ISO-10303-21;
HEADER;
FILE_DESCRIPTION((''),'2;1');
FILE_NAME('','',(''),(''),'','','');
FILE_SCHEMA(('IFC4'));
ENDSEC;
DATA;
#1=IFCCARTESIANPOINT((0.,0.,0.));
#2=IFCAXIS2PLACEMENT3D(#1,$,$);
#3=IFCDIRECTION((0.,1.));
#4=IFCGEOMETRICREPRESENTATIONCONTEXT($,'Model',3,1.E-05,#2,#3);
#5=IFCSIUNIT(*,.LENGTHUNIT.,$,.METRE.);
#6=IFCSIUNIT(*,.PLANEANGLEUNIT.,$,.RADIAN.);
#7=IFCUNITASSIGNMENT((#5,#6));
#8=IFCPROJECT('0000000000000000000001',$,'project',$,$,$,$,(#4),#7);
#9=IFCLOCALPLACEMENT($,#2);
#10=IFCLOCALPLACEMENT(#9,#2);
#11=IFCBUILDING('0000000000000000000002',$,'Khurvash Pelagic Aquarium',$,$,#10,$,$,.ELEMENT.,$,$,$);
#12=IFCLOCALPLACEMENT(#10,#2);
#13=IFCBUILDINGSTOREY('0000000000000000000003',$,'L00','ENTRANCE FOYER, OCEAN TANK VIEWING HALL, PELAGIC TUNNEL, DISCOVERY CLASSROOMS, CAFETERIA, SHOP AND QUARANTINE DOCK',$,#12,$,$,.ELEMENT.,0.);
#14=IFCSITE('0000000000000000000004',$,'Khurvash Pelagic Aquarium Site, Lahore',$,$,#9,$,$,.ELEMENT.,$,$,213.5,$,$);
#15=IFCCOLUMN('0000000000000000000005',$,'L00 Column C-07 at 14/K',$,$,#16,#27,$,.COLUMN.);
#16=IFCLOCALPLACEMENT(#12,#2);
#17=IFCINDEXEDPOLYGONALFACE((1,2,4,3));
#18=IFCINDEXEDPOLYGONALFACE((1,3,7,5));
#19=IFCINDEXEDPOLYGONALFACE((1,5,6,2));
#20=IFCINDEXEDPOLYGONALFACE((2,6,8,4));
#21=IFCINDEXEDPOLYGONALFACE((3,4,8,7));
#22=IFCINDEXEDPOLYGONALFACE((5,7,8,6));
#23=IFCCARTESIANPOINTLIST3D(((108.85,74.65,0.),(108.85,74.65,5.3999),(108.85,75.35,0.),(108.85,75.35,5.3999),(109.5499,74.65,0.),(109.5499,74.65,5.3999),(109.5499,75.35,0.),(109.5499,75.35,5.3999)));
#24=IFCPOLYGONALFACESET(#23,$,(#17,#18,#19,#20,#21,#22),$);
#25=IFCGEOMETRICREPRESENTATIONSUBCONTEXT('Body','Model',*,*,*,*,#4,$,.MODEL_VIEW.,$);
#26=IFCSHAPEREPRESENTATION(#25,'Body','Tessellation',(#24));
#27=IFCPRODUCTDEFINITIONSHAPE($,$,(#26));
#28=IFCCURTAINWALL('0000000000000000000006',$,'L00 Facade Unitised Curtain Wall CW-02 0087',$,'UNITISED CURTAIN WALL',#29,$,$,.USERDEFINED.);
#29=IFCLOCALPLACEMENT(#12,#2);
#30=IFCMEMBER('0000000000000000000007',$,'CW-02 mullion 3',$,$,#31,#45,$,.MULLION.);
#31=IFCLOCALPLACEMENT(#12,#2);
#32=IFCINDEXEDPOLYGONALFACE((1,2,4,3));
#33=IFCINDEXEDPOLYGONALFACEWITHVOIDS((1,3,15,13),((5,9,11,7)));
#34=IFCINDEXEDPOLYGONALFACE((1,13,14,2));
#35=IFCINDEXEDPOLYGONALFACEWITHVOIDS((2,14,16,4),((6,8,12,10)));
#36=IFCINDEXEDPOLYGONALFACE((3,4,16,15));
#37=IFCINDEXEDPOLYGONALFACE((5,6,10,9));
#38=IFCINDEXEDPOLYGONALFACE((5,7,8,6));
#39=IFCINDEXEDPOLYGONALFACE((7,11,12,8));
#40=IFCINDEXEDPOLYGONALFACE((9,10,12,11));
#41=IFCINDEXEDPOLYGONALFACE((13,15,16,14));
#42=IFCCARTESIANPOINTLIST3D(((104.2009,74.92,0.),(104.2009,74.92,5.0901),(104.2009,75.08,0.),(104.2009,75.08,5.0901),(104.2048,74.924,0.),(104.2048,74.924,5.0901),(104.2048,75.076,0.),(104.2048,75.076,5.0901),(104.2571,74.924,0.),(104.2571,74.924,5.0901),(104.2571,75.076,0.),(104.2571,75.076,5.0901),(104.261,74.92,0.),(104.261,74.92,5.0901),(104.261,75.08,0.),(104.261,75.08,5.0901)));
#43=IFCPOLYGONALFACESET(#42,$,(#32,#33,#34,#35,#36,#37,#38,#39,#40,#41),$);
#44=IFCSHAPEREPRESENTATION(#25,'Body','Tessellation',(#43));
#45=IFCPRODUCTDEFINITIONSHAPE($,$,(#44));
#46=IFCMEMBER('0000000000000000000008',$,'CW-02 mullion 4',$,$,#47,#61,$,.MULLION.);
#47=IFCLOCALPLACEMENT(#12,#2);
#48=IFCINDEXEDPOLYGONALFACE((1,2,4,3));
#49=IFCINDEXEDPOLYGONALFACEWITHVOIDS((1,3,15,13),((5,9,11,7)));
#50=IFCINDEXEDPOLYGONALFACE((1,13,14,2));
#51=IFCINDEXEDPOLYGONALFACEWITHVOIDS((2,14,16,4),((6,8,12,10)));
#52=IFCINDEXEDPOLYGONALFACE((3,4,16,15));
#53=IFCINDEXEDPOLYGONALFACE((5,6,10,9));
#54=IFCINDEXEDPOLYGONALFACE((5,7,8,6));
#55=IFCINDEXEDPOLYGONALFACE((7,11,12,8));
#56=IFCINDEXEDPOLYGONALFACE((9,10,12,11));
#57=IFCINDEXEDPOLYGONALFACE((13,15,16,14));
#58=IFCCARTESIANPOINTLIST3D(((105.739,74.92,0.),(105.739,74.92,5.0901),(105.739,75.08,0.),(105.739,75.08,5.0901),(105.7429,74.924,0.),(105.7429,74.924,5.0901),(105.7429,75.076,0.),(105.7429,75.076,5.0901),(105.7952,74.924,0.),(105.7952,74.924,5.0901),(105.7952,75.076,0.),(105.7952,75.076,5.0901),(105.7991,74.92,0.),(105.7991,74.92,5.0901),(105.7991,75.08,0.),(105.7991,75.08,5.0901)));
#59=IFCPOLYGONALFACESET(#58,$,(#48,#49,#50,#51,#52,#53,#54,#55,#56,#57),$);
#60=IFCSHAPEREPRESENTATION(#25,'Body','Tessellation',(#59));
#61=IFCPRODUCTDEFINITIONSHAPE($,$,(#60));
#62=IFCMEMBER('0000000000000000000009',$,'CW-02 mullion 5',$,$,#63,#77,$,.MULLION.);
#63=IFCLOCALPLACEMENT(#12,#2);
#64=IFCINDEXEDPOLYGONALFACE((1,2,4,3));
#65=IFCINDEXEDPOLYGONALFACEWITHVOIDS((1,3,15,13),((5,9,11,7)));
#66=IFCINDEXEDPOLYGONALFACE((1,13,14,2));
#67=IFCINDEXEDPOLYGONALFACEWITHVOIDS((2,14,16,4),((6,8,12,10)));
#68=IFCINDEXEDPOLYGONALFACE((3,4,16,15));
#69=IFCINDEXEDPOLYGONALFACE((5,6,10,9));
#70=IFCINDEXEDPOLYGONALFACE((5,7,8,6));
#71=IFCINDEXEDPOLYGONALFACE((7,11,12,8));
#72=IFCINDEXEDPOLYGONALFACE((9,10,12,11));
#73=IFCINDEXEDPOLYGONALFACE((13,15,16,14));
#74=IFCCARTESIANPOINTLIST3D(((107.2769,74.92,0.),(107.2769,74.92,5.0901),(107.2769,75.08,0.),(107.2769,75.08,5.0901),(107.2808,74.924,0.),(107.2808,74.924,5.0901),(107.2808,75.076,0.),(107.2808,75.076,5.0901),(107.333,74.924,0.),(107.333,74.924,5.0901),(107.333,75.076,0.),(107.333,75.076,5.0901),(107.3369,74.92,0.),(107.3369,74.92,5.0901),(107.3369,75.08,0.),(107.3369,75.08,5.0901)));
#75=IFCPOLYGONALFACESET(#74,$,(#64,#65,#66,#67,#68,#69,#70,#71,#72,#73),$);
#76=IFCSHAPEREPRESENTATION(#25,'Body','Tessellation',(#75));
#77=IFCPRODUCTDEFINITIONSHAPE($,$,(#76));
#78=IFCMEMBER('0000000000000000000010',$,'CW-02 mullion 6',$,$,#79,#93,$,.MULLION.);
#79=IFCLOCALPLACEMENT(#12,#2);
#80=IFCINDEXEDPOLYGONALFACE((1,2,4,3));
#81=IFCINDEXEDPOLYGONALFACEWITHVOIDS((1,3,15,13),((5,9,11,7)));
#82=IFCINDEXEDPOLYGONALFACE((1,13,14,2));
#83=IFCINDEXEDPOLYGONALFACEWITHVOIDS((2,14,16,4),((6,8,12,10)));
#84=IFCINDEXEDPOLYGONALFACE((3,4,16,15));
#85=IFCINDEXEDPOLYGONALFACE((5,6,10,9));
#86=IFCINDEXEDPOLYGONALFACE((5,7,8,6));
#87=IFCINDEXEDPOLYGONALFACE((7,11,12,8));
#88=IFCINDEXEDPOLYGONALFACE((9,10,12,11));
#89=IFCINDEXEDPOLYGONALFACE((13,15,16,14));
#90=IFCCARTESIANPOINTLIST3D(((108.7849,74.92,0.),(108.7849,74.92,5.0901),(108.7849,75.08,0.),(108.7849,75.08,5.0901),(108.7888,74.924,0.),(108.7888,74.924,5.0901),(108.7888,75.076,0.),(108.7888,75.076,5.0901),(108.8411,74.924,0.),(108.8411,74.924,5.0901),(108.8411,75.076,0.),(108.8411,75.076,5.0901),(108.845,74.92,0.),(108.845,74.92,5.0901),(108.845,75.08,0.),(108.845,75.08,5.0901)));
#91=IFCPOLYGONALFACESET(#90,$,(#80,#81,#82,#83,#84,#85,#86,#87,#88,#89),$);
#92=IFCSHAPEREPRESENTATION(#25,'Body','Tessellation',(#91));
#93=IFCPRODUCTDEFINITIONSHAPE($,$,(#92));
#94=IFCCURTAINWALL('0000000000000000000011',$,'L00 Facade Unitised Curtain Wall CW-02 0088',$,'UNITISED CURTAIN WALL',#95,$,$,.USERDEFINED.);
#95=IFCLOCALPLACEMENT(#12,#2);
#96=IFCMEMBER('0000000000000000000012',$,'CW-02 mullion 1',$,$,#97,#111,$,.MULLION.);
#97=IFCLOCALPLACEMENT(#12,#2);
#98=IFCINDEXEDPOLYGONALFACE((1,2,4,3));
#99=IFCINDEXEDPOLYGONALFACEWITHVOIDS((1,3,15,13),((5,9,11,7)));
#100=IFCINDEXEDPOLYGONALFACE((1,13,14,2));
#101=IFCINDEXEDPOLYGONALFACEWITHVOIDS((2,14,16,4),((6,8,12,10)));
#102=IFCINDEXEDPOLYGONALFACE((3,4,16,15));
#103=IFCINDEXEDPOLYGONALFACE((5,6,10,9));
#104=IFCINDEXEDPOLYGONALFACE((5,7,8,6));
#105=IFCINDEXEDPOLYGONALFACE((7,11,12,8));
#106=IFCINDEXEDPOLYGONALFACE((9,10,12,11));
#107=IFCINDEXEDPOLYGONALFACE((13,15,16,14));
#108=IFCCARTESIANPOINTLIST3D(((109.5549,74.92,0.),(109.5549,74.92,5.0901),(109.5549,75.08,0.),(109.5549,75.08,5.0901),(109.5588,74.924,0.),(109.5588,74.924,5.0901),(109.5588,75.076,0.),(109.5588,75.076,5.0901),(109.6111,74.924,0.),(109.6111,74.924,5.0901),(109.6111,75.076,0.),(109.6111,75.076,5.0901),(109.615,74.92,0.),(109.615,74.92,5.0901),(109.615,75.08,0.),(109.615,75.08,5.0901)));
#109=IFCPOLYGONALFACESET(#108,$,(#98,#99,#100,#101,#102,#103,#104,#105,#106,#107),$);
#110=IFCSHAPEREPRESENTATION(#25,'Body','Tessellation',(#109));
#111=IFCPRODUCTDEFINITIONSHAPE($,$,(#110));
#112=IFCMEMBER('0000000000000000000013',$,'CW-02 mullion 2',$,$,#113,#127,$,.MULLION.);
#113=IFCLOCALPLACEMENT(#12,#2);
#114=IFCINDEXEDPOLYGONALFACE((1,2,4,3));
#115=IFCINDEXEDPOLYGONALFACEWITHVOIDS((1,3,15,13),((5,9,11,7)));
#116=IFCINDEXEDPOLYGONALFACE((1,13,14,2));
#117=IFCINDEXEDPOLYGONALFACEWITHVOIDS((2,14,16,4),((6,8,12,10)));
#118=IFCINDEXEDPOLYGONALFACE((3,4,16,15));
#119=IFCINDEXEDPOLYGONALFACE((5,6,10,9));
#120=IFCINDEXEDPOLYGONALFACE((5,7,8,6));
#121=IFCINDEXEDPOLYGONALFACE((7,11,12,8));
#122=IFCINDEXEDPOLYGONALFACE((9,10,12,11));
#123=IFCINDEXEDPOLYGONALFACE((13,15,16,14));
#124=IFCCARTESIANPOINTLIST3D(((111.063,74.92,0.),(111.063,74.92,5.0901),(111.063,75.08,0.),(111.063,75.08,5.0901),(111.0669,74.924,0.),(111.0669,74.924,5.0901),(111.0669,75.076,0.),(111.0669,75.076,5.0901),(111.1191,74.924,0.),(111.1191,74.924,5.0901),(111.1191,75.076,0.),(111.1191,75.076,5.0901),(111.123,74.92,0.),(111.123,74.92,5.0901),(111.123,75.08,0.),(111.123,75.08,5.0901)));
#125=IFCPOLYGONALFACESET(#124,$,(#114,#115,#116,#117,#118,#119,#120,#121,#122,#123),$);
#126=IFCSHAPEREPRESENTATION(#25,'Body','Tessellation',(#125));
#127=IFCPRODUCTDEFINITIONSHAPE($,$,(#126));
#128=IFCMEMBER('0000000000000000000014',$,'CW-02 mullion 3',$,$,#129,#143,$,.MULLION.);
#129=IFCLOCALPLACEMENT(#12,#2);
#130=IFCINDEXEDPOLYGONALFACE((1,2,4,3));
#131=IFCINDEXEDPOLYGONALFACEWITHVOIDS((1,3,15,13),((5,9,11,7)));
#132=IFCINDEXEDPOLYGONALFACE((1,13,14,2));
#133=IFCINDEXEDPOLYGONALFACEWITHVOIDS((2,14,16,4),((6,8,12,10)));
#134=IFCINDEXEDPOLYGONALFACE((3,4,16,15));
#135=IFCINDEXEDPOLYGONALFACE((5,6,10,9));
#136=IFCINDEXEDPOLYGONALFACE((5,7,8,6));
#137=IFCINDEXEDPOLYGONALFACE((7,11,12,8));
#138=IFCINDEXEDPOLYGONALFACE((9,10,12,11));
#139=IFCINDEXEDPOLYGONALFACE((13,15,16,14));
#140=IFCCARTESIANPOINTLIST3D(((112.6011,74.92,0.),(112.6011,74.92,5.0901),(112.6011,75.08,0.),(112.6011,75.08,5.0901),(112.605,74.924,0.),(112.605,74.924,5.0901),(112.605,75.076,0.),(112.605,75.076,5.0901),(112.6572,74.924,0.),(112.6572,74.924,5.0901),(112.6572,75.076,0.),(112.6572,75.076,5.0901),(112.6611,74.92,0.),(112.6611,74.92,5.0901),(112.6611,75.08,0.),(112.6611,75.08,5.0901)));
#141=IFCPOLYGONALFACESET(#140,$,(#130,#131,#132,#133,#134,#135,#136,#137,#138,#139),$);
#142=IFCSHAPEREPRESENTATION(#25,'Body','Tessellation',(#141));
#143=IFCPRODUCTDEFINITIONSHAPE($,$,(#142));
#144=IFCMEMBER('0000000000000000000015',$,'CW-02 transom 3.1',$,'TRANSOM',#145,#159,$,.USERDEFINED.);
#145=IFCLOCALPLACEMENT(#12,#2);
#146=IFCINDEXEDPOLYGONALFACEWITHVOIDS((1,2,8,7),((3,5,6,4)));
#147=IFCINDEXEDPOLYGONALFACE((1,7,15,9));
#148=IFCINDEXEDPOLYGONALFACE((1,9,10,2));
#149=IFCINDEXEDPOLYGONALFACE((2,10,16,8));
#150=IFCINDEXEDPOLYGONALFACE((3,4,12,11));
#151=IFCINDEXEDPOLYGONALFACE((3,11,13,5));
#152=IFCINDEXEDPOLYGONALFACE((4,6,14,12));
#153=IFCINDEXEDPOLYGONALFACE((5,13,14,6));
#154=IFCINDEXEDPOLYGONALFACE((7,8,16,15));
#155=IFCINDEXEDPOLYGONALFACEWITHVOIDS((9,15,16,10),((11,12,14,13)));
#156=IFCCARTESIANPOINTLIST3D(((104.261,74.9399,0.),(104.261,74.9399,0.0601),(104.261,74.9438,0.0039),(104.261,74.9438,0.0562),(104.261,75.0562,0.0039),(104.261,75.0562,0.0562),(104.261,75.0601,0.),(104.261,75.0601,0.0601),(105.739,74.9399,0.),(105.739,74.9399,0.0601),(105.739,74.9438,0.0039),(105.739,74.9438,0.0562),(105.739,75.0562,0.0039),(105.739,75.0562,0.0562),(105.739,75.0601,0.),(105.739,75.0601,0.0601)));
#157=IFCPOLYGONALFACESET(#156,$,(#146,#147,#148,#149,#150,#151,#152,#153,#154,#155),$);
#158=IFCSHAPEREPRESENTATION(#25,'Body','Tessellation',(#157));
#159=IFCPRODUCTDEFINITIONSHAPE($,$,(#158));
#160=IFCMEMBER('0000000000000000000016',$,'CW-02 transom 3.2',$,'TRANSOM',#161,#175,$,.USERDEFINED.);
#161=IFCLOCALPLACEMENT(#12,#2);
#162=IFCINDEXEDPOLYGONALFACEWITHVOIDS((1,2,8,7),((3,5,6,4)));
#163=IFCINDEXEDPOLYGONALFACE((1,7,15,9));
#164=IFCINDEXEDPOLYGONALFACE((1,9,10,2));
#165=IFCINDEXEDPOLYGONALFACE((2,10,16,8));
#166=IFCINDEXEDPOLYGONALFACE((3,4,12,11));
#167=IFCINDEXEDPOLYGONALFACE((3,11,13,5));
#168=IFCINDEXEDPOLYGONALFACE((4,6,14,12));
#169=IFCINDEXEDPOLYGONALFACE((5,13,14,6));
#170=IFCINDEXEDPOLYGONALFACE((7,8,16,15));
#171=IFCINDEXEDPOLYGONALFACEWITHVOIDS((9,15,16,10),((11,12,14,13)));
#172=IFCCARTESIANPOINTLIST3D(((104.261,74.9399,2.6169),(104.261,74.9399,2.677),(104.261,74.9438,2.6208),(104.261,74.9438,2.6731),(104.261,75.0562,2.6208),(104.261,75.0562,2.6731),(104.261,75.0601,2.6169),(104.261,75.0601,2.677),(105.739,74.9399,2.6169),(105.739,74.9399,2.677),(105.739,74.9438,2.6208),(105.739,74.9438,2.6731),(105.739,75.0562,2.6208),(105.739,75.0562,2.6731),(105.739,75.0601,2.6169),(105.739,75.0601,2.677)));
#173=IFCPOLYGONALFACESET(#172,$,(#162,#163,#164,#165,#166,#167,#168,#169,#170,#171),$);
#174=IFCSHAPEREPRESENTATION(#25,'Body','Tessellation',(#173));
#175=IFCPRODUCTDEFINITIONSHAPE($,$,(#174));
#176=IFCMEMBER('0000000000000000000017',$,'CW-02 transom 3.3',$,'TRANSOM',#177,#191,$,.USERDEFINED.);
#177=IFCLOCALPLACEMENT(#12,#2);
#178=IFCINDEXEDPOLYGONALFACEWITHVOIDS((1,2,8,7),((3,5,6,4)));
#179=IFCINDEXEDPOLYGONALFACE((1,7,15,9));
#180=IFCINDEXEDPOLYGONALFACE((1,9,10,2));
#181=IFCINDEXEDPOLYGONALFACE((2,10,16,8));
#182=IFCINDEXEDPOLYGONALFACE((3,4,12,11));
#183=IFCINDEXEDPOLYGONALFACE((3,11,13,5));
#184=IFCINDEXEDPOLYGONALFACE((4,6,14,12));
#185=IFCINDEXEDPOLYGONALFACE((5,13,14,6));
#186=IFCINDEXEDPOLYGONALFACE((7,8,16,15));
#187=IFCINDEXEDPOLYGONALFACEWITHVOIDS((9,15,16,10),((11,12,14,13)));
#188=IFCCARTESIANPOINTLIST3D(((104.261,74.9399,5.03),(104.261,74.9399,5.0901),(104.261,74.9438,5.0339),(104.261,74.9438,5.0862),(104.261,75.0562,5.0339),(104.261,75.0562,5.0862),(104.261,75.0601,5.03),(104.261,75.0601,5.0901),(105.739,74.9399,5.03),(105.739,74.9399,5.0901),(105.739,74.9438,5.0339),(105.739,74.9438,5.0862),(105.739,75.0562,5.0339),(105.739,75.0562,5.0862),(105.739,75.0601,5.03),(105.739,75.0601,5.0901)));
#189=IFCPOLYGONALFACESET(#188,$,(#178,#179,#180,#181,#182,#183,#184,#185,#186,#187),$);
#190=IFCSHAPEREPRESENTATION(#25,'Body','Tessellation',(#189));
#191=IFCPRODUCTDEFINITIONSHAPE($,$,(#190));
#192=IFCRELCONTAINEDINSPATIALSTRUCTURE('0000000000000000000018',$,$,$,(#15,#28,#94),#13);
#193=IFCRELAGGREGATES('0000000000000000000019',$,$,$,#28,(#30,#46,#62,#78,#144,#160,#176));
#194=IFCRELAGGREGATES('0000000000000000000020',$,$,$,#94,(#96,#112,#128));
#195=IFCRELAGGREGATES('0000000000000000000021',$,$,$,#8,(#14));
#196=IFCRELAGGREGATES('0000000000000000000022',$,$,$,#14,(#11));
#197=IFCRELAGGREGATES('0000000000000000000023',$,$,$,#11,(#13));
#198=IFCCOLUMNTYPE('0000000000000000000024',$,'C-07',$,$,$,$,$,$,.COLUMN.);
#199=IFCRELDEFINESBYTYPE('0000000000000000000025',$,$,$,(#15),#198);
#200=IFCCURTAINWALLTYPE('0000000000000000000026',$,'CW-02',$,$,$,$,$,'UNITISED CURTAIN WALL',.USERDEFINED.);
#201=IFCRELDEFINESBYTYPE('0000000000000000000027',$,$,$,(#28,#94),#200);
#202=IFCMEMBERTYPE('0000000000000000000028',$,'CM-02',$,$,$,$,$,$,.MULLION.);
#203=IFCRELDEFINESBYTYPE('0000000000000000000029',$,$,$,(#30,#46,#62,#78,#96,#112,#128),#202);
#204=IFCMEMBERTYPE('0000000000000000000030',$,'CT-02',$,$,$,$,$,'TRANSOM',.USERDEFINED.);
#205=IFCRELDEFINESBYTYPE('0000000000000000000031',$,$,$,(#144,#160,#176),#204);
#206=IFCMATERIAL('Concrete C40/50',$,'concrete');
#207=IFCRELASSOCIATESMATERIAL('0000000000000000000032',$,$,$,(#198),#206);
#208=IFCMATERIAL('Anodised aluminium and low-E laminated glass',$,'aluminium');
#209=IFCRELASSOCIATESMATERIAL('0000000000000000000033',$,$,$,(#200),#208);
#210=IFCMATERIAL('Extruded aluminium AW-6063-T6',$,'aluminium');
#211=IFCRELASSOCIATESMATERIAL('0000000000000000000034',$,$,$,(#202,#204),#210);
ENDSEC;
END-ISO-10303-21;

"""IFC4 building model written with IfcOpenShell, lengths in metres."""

from ifc_helpers import new_model, si_unit, direction, frame, origin, origin_2d, place, context, subcontext, project, spatial, rectangle, hollow_rectangle, extrude, material, material_profile, profile_set, type_object, element, aggregate, save


model = new_model("IFC4")

# Units and contexts
model_context = context("Model", 3, precision=1e-05, world=origin(), true_north=direction((0.0, 1.0)))
body_context = subcontext(model_context, "Body", "Model", "MODEL_VIEW")
ifc_project = project(units=[si_unit("LENGTHUNIT", "METRE"), si_unit("PLANEANGLEUNIT", "RADIAN")], contexts=[model_context])

# Site, building, storey
site_placement = place(None, origin())
site = spatial("IfcSite", under=ifc_project, at=site_placement, Name="Khurvash Pelagic Aquarium Site, Lahore", CompositionType="ELEMENT", RefElevation=213.5)
building_placement = place(site_placement, origin())
building = spatial("IfcBuilding", under=site, at=building_placement, Name="Khurvash Pelagic Aquarium", CompositionType="ELEMENT")
storey_placement = place(building_placement, origin())
storey = spatial("IfcBuildingStorey", under=building, at=storey_placement, Name="L00", Description="ENTRANCE FOYER, OCEAN TANK VIEWING HALL, PELAGIC TUNNEL, DISCOVERY CLASSROOMS, CAFETERIA, SHOP AND QUARANTINE DOCK", CompositionType="ELEMENT", Elevation=0.0)

# Column
ifc_material_1 = material(Name="Concrete C40/50", Category="concrete")
ifc_material_profile_1 = material_profile(ifc_material_1, rectangle(XDim=0.7, YDim=0.7, at=origin_2d()), Name="RC700X700")
ifc_profile_set_1 = profile_set([ifc_material_profile_1], Name="Concrete C40/50")
column_type = type_object("IfcColumnType", Name="C-07", PredefinedType="COLUMN", material=ifc_profile_set_1)
column_placement = place(storey_placement, frame((109.2, 75.0, 0.0), z_axis=(0.0, 0.0, 1.0), x_axis=(1.0, 0.0, 0.0)))
element("IfcColumn", 1, at=column_placement, inside=storey, type_object=column_type, Name="L00 Column C-07 at 14/K", PredefinedType="COLUMN", context=body_context, shape_type="SweptSolid", body=[
    extrude(rectangle(XDim=0.7, YDim=0.7, at=origin_2d()), origin(), (0.0, 0.0, 1.0), 5.3999),
])

# Curtain walls, members
ifc_material_2 = material(Name="Anodised aluminium and low-E laminated glass", Category="aluminium")
curtain_wall_type = type_object("IfcCurtainWallType", Name="CW-02", ElementType="UNITISED CURTAIN WALL", PredefinedType="USERDEFINED", material=ifc_material_2)
curtain_wall_1_placement = place(storey_placement, origin())
curtain_wall_1 = element("IfcCurtainWall", 2, at=curtain_wall_1_placement, inside=storey, type_object=curtain_wall_type, Name="L00 Facade Unitised Curtain Wall CW-02 0087", ObjectType="UNITISED CURTAIN WALL", PredefinedType="USERDEFINED")
ifc_material_3 = material(Name="Extruded aluminium AW-6063-T6", Category="aluminium")
ifc_material_profile_2 = material_profile(ifc_material_3, hollow_rectangle(XDim=0.0601, YDim=0.1599, WallThickness=0.0039, at=origin_2d()), Name="CWM60X160X4")
ifc_profile_set_2 = profile_set([ifc_material_profile_2], Name="Extruded aluminium AW-6063-T6")
member_type_1 = type_object("IfcMemberType", Name="CM-02", PredefinedType="MULLION", material=ifc_profile_set_2)
member_1_placement = place(storey_placement, frame((104.231, 75.0, 0.0), z_axis=(0.0, 0.0, 1.0), x_axis=(1.0, 0.0, 0.0)))
member_1 = element("IfcMember", 3, at=member_1_placement, type_object=member_type_1, Name="CW-02 mullion 3", PredefinedType="MULLION", context=body_context, shape_type="SweptSolid", body=[
    extrude(hollow_rectangle(XDim=0.0601, YDim=0.1599, WallThickness=0.0039, at=origin_2d()), origin(), (0.0, 0.0, 1.0), 5.0901),
])
member_2_placement = place(storey_placement, frame((105.769, 75.0, 0.0), z_axis=(0.0, 0.0, 1.0), x_axis=(1.0, 0.0, 0.0)))
member_2 = element("IfcMember", 4, at=member_2_placement, type_object=member_type_1, Name="CW-02 mullion 4", PredefinedType="MULLION", context=body_context, shape_type="SweptSolid", body=[
    extrude(hollow_rectangle(XDim=0.0601, YDim=0.1599, WallThickness=0.0039, at=origin_2d()), origin(), (0.0, 0.0, 1.0), 5.0901),
])
member_3_placement = place(storey_placement, frame((107.3069, 75.0, 0.0), z_axis=(0.0, 0.0, 1.0), x_axis=(1.0, 0.0, 0.0)))
member_3 = element("IfcMember", 5, at=member_3_placement, type_object=member_type_1, Name="CW-02 mullion 5", PredefinedType="MULLION", context=body_context, shape_type="SweptSolid", body=[
    extrude(hollow_rectangle(XDim=0.0601, YDim=0.1599, WallThickness=0.0039, at=origin_2d()), origin(), (0.0, 0.0, 1.0), 5.0901),
])
member_4_placement = place(storey_placement, frame((108.8149, 75.0, 0.0), z_axis=(0.0, 0.0, 1.0), x_axis=(1.0, 0.0, 0.0)))
member_4 = element("IfcMember", 6, at=member_4_placement, type_object=member_type_1, Name="CW-02 mullion 6", PredefinedType="MULLION", context=body_context, shape_type="SweptSolid", body=[
    extrude(hollow_rectangle(XDim=0.0601, YDim=0.1599, WallThickness=0.0039, at=origin_2d()), origin(), (0.0, 0.0, 1.0), 5.0901),
])
curtain_wall_2_placement = place(storey_placement, origin())
curtain_wall_2 = element("IfcCurtainWall", 7, at=curtain_wall_2_placement, inside=storey, type_object=curtain_wall_type, Name="L00 Facade Unitised Curtain Wall CW-02 0088", ObjectType="UNITISED CURTAIN WALL", PredefinedType="USERDEFINED")
member_5_placement = place(storey_placement, frame((109.585, 75.0, 0.0), z_axis=(0.0, 0.0, 1.0), x_axis=(1.0, 0.0, 0.0)))
member_5 = element("IfcMember", 8, at=member_5_placement, type_object=member_type_1, Name="CW-02 mullion 1", PredefinedType="MULLION", context=body_context, shape_type="SweptSolid", body=[
    extrude(hollow_rectangle(XDim=0.0601, YDim=0.1599, WallThickness=0.0039, at=origin_2d()), origin(), (0.0, 0.0, 1.0), 5.0901),
])
member_6_placement = place(storey_placement, frame((111.093, 75.0, 0.0), z_axis=(0.0, 0.0, 1.0), x_axis=(1.0, 0.0, 0.0)))
member_6 = element("IfcMember", 9, at=member_6_placement, type_object=member_type_1, Name="CW-02 mullion 2", PredefinedType="MULLION", context=body_context, shape_type="SweptSolid", body=[
    extrude(hollow_rectangle(XDim=0.0601, YDim=0.1599, WallThickness=0.0039, at=origin_2d()), origin(), (0.0, 0.0, 1.0), 5.0901),
])
member_7_placement = place(storey_placement, frame((112.6311, 75.0, 0.0), z_axis=(0.0, 0.0, 1.0), x_axis=(1.0, 0.0, 0.0)))
member_7 = element("IfcMember", 10, at=member_7_placement, type_object=member_type_1, Name="CW-02 mullion 3", PredefinedType="MULLION", context=body_context, shape_type="SweptSolid", body=[
    extrude(hollow_rectangle(XDim=0.0601, YDim=0.1599, WallThickness=0.0039, at=origin_2d()), origin(), (0.0, 0.0, 1.0), 5.0901),
])

# Members
ifc_material_profile_3 = material_profile(ifc_material_3, hollow_rectangle(XDim=0.1201, YDim=0.0601, WallThickness=0.0039, at=origin_2d()), Name="CWT120X60X4")
ifc_profile_set_3 = profile_set([ifc_material_profile_3], Name="Extruded aluminium AW-6063-T6")
member_type_2 = type_object("IfcMemberType", Name="CT-02", ElementType="TRANSOM", PredefinedType="USERDEFINED", material=ifc_profile_set_3)
member_8_placement = place(storey_placement, frame((104.261, 75.0, 0.03), z_axis=(1.0, 0.0, 0.0), x_axis=(0.0, 1.0, 0.0)))
member_8 = element("IfcMember", 11, at=member_8_placement, type_object=member_type_2, Name="CW-02 transom 3.1", ObjectType="TRANSOM", PredefinedType="USERDEFINED", context=body_context, shape_type="SweptSolid", body=[
    extrude(hollow_rectangle(XDim=0.1201, YDim=0.0601, WallThickness=0.0039, at=origin_2d()), origin(), (0.0, 0.0, 1.0), 1.478),
])
member_9_placement = place(storey_placement, frame((104.261, 75.0, 2.647), z_axis=(1.0, 0.0, 0.0), x_axis=(0.0, 1.0, 0.0)))
member_9 = element("IfcMember", 12, at=member_9_placement, type_object=member_type_2, Name="CW-02 transom 3.2", ObjectType="TRANSOM", PredefinedType="USERDEFINED", context=body_context, shape_type="SweptSolid", body=[
    extrude(hollow_rectangle(XDim=0.1201, YDim=0.0601, WallThickness=0.0039, at=origin_2d()), origin(), (0.0, 0.0, 1.0), 1.478),
])
member_10_placement = place(storey_placement, frame((104.261, 75.0, 5.0601), z_axis=(1.0, 0.0, 0.0), x_axis=(0.0, 1.0, 0.0)))
member_10 = element("IfcMember", 13, at=member_10_placement, type_object=member_type_2, Name="CW-02 transom 3.3", ObjectType="TRANSOM", PredefinedType="USERDEFINED", context=body_context, shape_type="SweptSolid", body=[
    extrude(hollow_rectangle(XDim=0.1201, YDim=0.0601, WallThickness=0.0039, at=origin_2d()), origin(), (0.0, 0.0, 1.0), 1.478),
])

aggregate(curtain_wall_1, [member_1, member_2, member_3, member_4, member_8, member_9, member_10])
aggregate(curtain_wall_2, [member_5, member_6, member_7])

save(model, "model.ifc")
